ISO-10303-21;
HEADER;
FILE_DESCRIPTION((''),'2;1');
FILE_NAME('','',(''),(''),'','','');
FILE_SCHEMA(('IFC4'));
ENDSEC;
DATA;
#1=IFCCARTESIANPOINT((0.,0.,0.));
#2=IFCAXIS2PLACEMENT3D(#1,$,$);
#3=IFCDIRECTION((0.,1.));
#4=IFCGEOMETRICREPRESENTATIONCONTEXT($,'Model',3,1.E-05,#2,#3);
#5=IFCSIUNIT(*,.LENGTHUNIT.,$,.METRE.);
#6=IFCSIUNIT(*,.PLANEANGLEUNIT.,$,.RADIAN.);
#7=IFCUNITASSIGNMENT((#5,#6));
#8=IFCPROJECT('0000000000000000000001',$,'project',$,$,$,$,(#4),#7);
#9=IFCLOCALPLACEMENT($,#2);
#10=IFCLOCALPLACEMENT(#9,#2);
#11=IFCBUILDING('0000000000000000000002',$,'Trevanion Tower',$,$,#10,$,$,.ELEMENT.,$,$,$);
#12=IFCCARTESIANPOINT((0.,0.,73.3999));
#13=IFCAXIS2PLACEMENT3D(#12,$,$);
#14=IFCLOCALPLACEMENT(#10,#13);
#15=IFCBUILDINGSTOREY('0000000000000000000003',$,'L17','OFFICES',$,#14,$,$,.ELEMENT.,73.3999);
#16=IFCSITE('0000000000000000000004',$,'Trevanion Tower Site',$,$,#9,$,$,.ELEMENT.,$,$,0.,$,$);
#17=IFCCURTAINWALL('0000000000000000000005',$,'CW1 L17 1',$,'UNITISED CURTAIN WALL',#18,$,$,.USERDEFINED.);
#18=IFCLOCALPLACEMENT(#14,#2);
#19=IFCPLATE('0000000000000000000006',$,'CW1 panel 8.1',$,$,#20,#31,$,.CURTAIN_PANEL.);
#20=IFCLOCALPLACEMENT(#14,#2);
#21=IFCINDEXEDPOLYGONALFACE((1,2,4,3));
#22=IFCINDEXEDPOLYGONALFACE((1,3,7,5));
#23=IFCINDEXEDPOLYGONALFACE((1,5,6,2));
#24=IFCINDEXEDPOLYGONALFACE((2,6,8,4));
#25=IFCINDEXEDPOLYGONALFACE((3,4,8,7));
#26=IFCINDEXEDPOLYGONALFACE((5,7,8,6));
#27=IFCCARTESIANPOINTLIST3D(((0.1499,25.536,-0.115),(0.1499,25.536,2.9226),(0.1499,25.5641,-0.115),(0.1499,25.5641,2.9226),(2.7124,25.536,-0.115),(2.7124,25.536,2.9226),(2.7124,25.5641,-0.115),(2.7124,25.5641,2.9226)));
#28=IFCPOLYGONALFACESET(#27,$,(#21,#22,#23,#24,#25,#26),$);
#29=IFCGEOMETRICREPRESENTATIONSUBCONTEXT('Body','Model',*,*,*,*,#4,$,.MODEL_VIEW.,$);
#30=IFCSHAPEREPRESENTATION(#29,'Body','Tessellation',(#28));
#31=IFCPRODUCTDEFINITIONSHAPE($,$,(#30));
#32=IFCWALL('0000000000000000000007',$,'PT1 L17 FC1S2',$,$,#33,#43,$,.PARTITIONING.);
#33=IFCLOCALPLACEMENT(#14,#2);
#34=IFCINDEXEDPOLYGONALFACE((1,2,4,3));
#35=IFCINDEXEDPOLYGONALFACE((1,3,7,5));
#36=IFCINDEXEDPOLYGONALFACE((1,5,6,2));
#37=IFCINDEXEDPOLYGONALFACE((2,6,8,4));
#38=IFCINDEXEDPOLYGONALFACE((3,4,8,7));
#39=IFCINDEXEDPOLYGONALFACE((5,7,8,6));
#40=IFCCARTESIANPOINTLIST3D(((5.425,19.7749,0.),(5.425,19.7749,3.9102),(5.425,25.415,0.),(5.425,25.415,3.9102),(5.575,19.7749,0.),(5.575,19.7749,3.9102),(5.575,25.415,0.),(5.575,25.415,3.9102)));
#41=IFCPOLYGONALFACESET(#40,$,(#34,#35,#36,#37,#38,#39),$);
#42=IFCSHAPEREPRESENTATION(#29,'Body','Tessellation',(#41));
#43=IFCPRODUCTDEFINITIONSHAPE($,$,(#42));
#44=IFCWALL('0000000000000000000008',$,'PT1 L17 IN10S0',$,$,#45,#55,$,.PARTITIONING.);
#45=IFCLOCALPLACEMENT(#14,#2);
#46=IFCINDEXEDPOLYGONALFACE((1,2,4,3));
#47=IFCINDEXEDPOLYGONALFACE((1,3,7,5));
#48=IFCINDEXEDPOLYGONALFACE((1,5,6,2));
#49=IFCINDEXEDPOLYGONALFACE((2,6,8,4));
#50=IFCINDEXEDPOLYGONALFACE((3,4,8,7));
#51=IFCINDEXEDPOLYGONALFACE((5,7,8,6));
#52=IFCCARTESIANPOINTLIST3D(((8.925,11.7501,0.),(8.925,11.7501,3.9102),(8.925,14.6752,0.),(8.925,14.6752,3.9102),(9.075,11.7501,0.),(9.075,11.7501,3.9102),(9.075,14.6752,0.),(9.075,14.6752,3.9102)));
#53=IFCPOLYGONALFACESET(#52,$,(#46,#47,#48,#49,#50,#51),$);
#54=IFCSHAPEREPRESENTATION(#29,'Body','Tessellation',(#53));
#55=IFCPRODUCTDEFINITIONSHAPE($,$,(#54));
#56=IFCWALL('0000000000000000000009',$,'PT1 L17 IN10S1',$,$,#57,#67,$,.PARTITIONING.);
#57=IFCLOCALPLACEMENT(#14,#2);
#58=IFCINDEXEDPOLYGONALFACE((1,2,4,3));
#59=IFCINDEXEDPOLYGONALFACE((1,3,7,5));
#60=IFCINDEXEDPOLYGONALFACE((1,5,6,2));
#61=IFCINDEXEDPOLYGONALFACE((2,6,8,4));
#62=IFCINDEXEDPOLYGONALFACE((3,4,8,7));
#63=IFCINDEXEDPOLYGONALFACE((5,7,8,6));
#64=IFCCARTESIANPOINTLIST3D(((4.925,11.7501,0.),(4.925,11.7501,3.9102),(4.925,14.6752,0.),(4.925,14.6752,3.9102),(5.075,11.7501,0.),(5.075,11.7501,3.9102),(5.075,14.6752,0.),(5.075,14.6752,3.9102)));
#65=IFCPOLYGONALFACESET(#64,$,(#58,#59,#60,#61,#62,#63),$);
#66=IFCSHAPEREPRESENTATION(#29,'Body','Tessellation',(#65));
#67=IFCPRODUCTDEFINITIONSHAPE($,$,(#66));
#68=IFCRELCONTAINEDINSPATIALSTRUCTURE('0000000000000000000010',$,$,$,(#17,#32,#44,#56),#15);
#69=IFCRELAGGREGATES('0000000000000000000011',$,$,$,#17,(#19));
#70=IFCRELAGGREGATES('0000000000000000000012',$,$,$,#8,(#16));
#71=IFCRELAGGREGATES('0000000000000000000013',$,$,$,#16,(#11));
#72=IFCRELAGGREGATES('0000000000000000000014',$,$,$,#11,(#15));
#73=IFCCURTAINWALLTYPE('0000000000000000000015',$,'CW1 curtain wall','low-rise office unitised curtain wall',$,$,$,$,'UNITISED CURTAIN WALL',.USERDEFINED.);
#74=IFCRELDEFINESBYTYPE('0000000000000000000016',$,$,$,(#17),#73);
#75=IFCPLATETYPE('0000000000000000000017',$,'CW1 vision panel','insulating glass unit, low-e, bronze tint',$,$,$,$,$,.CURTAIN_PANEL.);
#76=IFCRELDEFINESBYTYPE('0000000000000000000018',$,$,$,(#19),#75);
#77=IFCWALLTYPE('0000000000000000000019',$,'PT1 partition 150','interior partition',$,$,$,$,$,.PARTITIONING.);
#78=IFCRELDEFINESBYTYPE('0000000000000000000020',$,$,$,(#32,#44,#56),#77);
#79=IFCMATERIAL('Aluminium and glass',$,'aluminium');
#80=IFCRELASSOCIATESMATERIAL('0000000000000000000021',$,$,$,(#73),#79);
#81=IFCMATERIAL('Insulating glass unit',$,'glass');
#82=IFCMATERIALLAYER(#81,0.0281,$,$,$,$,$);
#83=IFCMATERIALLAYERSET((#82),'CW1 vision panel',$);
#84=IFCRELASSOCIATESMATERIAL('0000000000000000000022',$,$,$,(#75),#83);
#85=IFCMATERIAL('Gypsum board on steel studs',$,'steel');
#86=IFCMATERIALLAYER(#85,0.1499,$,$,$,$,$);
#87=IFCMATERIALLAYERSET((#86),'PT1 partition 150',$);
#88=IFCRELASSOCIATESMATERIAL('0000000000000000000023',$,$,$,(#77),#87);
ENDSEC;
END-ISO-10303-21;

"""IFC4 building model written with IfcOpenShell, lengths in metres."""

from ifc_helpers import new_model, si_unit, direction, frame, frame_2d, origin, origin_2d, place, context, subcontext, project, spatial, rectangle, extrude, material, layer, layer_set, type_object, element, aggregate, save


model = new_model("IFC4")

# Units and contexts
model_context = context("Model", 3, precision=1e-05, world=origin(), true_north=direction((0.0, 1.0)))
body_context = subcontext(model_context, "Body", "Model", "MODEL_VIEW")
ifc_project = project(units=[si_unit("LENGTHUNIT", "METRE"), si_unit("PLANEANGLEUNIT", "RADIAN")], contexts=[model_context])

# Site, building, storey
site_placement = place(None, origin())
site = spatial("IfcSite", under=ifc_project, at=site_placement, Name="Trevanion Tower Site", CompositionType="ELEMENT", RefElevation=0.0)
building_placement = place(site_placement, origin())
building = spatial("IfcBuilding", under=site, at=building_placement, Name="Trevanion Tower", CompositionType="ELEMENT")
storey_placement = place(building_placement, frame((0.0, 0.0, 73.3999)))
storey = spatial("IfcBuildingStorey", under=building, at=storey_placement, Name="L17", Description="OFFICES", CompositionType="ELEMENT", Elevation=73.3999)

# Curtain wall, plate
ifc_material_1 = material(Name="Aluminium and glass", Category="aluminium")
curtain_wall_type = type_object("IfcCurtainWallType", Name="CW1 curtain wall", Description="low-rise office unitised curtain wall", ElementType="UNITISED CURTAIN WALL", PredefinedType="USERDEFINED", material=ifc_material_1)
curtain_wall_placement = place(storey_placement, origin())
curtain_wall = element("IfcCurtainWall", 1, at=curtain_wall_placement, inside=storey, type_object=curtain_wall_type, Name="CW1 L17 1", ObjectType="UNITISED CURTAIN WALL", PredefinedType="USERDEFINED")
ifc_material_2 = material(Name="Insulating glass unit", Category="glass")
ifc_layer_1 = layer(ifc_material_2, 0.0281)
ifc_layer_set_1 = layer_set([ifc_layer_1], Name="CW1 vision panel")
plate_type_1 = type_object("IfcPlateType", Name="CW1 vision panel", Description="insulating glass unit, low-e, bronze tint", PredefinedType="CURTAIN_PANEL", material=ifc_layer_set_1)
plate_1_placement = place(storey_placement, frame((1.4312, 25.55, -0.115), z_axis=(0.0, 0.0, 1.0), x_axis=(-1.0, 0.0, 0.0)))
plate_1 = element("IfcPlate", 2, at=plate_1_placement, type_object=plate_type_1, Name="CW1 panel 8.1", PredefinedType="CURTAIN_PANEL", context=body_context, shape_type="SweptSolid", body=[
    extrude(rectangle(XDim=2.5625, YDim=0.0281, at=origin_2d()), origin(), (0.0, 0.0, 1.0), 3.0376),
])
aggregate(curtain_wall, [plate_1])

# Walls
ifc_material_3 = material(Name="Gypsum board on steel studs", Category="steel")
ifc_layer_2 = layer(ifc_material_3, 0.1499)
ifc_layer_set_2 = layer_set([ifc_layer_2], Name="PT1 partition 150")
wall_type = type_object("IfcWallType", Name="PT1 partition 150", Description="interior partition", PredefinedType="PARTITIONING", material=ifc_layer_set_2)
wall_placement = place(storey_placement, frame((5.5, 19.7749, 0.0), z_axis=(0.0, 0.0, 1.0), x_axis=(0.0, 1.0, 0.0)))
element("IfcWall", 3, at=wall_placement, inside=storey, type_object=wall_type, Name="PT1 L17 FC1S2", PredefinedType="PARTITIONING", context=body_context, shape_type="SweptSolid", body=[
    extrude(rectangle(XDim=5.6401, YDim=0.1499, at=frame_2d((2.8201, 0.0))), origin(), (0.0, 0.0, 1.0), 3.9102),
])
for number, where, z_axis, x_axis, name in (
    (4, (9.0, 14.675, 0.0), (0.0, 0.0, 1.0), (0.0, -1.0, 0.0), "PT1 L17 IN10S0"),
    (5, (5.0, 14.675, 0.0), (0.0, 0.0, 1.0), (0.0, -1.0, 0.0), "PT1 L17 IN10S1"),
):
    element("IfcWall", number, at=place(storey_placement, frame(where, z_axis=z_axis, x_axis=x_axis)), inside=storey, type_object=wall_type, Name=name, PredefinedType="PARTITIONING", context=body_context, shape_type="SweptSolid", body=[
        extrude(rectangle(XDim=2.925, YDim=0.1499, at=frame_2d((1.4624, 0.0))), origin(), (0.0, 0.0, 1.0), 3.9102),
    ])

save(model, "model.ifc")
